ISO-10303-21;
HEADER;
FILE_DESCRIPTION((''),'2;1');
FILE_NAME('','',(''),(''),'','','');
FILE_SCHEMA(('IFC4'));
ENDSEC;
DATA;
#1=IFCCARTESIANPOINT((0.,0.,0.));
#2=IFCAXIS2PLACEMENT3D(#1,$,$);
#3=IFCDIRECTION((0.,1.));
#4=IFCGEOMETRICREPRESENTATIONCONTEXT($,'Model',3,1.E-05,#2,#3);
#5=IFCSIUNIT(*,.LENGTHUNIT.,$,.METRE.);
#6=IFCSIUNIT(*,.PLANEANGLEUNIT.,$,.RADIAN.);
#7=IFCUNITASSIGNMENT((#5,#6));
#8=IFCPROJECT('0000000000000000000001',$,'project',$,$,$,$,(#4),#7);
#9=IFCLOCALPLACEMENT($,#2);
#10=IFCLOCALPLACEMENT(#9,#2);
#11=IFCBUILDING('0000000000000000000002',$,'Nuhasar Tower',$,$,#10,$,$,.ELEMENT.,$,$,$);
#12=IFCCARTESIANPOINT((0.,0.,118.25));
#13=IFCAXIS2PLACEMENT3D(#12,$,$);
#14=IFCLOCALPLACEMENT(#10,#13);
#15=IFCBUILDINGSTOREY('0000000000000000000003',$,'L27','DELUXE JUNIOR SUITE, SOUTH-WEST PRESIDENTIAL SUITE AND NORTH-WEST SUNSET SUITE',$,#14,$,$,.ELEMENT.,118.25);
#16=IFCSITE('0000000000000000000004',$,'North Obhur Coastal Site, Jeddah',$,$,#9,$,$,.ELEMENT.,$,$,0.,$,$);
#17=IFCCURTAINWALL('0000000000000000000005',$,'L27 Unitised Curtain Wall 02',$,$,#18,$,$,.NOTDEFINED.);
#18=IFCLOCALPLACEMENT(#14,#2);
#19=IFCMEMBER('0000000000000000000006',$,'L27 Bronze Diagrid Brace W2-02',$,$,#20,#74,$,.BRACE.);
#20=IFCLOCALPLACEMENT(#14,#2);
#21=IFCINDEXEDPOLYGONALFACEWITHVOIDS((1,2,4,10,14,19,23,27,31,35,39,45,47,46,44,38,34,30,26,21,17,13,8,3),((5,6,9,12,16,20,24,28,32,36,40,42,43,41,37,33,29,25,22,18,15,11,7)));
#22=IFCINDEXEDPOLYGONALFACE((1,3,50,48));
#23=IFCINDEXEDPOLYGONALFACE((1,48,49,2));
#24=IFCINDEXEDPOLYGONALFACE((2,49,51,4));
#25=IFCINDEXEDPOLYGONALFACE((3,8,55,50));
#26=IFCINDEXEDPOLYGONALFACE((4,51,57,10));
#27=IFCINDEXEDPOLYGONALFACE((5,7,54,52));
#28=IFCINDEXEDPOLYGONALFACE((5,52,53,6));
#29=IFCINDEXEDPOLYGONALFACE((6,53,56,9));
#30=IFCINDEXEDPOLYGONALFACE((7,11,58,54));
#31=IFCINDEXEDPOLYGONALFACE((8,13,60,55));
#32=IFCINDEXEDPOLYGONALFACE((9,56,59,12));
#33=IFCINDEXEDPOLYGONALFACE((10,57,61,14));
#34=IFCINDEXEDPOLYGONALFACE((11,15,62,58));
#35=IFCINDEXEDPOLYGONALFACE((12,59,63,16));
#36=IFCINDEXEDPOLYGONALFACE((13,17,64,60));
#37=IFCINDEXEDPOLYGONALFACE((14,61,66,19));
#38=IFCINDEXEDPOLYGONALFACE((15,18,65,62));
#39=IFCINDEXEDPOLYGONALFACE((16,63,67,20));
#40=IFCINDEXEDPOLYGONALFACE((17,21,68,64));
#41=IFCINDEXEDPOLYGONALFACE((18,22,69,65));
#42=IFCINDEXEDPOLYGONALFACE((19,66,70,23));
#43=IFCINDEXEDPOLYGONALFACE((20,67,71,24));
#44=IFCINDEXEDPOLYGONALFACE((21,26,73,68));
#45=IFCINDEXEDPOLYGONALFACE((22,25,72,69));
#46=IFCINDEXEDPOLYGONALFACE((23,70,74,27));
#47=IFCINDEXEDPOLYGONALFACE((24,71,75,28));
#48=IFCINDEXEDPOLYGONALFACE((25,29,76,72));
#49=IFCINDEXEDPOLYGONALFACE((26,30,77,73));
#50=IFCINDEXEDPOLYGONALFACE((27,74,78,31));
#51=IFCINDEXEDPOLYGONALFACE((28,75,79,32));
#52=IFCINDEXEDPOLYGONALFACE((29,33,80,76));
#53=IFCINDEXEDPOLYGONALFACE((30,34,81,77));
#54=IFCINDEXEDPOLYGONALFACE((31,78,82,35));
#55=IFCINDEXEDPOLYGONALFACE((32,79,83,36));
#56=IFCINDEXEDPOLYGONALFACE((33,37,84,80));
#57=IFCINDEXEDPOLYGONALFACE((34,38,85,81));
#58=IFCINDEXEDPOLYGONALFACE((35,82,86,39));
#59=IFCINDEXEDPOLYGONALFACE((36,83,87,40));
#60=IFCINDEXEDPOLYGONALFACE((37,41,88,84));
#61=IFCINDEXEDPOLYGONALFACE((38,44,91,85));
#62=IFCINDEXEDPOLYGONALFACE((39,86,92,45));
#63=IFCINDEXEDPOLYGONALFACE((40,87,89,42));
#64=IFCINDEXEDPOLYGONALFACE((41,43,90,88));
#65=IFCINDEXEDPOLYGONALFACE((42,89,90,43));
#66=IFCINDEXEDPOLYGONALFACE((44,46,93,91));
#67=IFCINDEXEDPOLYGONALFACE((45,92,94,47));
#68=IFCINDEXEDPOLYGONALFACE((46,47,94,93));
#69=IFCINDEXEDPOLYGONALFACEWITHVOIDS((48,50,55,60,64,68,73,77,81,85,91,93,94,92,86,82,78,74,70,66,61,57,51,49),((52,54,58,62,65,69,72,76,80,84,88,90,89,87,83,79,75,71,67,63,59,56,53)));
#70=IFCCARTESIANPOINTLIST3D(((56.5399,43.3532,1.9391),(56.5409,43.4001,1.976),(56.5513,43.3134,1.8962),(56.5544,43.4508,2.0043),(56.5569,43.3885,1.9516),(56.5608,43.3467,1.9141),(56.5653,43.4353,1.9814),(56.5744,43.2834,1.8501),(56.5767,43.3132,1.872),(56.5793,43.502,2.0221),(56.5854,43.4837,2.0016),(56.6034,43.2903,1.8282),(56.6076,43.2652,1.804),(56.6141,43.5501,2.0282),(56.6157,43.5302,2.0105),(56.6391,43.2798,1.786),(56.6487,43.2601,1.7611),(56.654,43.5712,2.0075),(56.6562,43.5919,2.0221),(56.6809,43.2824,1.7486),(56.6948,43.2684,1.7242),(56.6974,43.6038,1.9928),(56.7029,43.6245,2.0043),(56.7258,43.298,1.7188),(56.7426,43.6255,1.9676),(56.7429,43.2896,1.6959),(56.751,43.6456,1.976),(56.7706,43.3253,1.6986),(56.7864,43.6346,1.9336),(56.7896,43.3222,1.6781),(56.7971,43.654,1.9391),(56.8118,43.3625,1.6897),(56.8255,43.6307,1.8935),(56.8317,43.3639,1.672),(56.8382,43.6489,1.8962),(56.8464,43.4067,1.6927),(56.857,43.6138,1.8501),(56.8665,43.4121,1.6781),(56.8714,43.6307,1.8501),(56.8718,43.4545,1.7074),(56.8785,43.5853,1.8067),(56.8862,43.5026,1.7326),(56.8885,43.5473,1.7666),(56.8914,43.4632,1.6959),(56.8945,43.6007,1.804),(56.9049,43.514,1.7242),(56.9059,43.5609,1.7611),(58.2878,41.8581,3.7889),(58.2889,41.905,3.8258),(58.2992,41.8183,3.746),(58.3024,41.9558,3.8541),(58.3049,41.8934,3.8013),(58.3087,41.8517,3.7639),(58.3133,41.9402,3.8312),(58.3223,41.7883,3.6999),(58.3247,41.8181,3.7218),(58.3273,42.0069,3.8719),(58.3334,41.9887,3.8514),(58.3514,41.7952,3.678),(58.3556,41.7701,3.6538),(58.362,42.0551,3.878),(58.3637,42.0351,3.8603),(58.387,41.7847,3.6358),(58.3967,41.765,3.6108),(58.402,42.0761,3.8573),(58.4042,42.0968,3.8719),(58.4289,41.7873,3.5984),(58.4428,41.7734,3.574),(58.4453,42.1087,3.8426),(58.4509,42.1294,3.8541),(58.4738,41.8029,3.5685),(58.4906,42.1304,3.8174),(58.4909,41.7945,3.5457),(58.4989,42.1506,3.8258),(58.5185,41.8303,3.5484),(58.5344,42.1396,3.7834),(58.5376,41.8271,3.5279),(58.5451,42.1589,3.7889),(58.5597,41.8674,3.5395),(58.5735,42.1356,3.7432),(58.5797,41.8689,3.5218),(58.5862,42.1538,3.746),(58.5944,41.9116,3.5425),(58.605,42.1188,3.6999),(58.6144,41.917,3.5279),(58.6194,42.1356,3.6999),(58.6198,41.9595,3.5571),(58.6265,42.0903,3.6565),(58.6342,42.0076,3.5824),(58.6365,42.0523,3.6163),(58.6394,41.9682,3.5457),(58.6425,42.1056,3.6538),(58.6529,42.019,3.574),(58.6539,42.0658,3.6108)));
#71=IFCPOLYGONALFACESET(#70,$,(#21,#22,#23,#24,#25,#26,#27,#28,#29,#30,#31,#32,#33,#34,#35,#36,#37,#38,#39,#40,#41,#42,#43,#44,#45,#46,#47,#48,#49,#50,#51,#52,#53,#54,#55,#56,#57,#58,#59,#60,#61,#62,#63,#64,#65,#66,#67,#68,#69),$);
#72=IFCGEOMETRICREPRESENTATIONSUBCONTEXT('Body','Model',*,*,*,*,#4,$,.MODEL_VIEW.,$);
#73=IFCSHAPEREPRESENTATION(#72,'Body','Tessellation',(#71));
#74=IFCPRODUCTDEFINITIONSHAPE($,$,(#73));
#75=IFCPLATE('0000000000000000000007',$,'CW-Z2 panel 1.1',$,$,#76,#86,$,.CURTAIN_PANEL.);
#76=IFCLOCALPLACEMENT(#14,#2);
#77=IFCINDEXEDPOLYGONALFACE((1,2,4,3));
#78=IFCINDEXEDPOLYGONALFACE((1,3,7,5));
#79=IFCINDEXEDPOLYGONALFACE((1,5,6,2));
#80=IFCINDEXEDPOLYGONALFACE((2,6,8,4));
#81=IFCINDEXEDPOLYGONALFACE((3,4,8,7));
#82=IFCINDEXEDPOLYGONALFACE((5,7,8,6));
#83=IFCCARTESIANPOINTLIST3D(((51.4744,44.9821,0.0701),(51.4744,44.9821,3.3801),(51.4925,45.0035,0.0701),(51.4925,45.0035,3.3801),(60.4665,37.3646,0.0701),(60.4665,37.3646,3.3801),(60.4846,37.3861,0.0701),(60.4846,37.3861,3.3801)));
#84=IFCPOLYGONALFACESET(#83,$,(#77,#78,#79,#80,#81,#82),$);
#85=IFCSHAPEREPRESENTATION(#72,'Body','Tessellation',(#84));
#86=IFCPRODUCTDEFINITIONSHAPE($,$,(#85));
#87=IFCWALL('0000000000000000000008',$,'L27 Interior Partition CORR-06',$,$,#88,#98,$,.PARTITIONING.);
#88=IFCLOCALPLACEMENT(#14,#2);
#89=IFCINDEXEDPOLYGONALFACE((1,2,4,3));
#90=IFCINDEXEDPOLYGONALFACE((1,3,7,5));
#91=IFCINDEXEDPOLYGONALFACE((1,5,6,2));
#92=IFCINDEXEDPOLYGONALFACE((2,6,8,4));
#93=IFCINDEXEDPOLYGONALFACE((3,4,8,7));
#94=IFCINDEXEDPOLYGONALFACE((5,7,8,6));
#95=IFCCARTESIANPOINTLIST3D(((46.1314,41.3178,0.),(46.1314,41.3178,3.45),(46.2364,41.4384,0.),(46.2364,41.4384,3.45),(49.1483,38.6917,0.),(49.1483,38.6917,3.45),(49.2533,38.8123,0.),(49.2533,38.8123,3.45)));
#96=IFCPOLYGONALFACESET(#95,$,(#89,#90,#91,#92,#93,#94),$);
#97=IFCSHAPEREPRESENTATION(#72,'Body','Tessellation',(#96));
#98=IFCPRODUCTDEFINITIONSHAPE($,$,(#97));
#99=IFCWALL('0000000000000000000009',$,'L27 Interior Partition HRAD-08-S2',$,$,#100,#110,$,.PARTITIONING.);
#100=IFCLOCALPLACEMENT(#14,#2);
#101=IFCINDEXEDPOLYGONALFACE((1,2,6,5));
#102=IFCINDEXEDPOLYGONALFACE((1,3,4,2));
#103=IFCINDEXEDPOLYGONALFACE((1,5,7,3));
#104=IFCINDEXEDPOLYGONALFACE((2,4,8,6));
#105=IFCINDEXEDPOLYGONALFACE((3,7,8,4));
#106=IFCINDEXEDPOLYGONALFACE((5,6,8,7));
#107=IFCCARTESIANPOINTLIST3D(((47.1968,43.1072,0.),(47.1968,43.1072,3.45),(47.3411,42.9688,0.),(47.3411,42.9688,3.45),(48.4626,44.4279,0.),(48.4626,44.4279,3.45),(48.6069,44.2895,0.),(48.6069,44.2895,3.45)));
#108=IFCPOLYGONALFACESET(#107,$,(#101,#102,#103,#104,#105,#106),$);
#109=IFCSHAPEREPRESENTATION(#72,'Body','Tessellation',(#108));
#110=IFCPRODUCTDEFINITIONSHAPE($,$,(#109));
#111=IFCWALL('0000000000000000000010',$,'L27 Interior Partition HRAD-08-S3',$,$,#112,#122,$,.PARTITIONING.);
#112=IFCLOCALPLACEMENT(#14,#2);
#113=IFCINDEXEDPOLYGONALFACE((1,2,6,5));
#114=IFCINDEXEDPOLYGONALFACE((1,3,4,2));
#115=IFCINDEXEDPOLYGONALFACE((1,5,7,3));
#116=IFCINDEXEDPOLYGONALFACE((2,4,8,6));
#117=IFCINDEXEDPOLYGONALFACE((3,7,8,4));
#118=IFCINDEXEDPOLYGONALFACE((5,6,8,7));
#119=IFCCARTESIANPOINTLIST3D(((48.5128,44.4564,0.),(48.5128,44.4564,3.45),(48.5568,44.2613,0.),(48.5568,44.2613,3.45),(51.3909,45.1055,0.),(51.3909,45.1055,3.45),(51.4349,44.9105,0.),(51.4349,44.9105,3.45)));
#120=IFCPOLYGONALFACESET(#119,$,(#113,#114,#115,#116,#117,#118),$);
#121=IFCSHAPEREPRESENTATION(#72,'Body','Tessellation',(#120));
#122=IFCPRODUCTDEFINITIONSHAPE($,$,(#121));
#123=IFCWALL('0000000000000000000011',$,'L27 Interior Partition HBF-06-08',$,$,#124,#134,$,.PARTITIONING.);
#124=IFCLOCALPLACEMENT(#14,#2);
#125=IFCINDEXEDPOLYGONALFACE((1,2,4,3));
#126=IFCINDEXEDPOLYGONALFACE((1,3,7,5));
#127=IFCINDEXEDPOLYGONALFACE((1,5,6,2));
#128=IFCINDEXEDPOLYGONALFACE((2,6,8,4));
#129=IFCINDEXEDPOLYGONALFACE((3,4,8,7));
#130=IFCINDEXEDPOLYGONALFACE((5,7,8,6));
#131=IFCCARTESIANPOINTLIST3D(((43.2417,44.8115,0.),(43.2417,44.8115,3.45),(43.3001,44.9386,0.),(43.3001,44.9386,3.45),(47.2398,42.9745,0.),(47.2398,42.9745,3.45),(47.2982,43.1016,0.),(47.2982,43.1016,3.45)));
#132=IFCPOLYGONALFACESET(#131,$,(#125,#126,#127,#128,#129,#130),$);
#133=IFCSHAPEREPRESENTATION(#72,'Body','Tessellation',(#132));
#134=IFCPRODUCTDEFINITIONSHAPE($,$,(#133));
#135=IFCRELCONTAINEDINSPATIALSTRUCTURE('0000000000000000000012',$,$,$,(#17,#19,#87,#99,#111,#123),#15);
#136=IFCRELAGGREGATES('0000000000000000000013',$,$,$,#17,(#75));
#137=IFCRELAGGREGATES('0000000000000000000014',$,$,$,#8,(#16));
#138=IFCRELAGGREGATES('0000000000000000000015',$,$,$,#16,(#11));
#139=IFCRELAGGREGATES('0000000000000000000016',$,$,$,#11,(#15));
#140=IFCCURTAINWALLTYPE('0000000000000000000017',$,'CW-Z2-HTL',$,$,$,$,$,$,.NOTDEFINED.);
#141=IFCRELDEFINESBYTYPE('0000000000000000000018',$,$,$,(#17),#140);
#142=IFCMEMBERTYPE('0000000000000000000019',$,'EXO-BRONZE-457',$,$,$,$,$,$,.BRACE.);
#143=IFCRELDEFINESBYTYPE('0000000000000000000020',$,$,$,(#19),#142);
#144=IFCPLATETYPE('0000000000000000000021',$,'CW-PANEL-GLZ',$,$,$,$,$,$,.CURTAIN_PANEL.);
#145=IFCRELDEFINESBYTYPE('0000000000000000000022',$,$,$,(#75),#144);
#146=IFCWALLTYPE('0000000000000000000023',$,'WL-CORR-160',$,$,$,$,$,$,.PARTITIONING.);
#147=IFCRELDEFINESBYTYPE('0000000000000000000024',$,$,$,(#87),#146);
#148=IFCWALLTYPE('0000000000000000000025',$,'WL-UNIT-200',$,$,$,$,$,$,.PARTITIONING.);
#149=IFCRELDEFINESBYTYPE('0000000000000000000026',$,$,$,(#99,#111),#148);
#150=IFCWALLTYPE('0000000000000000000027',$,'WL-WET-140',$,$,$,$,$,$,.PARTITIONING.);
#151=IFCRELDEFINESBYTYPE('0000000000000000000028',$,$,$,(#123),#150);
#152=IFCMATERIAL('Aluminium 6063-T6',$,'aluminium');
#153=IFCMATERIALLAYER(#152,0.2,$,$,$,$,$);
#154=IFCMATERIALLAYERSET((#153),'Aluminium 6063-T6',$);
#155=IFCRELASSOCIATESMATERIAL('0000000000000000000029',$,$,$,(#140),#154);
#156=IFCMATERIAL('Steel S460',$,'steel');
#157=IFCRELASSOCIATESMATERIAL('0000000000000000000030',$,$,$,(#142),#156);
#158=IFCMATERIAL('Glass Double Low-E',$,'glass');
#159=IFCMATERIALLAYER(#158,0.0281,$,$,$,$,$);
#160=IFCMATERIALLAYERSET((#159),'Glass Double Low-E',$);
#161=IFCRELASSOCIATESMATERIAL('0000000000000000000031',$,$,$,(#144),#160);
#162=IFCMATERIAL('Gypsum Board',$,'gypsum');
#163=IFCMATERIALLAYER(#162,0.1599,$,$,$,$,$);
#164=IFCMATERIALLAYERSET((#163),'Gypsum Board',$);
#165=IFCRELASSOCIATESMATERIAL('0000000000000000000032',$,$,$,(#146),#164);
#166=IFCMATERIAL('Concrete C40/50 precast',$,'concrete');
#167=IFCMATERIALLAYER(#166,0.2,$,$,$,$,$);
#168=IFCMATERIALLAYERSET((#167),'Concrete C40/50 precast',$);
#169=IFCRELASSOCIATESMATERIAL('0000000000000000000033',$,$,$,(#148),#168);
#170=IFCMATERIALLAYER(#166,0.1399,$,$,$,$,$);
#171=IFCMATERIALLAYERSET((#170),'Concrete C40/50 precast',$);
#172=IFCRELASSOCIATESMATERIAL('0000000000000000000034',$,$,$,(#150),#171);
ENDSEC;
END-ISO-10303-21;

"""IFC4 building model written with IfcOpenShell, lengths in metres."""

from ifc_helpers import new_model, si_unit, direction, frame, frame_2d, origin, origin_2d, place, context, subcontext, project, spatial, rectangle, hollow_circle, extrude, material, layer, layer_set, material_profile, profile_set, type_object, element, aggregate, save


model = new_model("IFC4")

# Units and contexts
model_context = context("Model", 3, precision=1e-05, world=origin(), true_north=direction((0.0, 1.0)))
body_context = subcontext(model_context, "Body", "Model", "MODEL_VIEW")
ifc_project = project(units=[si_unit("LENGTHUNIT", "METRE"), si_unit("PLANEANGLEUNIT", "RADIAN")], contexts=[model_context])

# Site, building, storey
site_placement = place(None, origin())
site = spatial("IfcSite", under=ifc_project, at=site_placement, Name="North Obhur Coastal Site, Jeddah", CompositionType="ELEMENT", RefElevation=0.0)
building_placement = place(site_placement, origin())
building = spatial("IfcBuilding", under=site, at=building_placement, Name="Nuhasar Tower", CompositionType="ELEMENT")
storey_placement = place(building_placement, frame((0.0, 0.0, 118.25)))
storey = spatial("IfcBuildingStorey", under=building, at=storey_placement, Name="L27", Description="DELUXE JUNIOR SUITE, SOUTH-WEST PRESIDENTIAL SUITE AND NORTH-WEST SUNSET SUITE", CompositionType="ELEMENT", Elevation=118.25)

# Shared definitions
ifc_material_1 = material(Name="Aluminium 6063-T6", Category="aluminium")
ifc_layer_1 = layer(ifc_material_1, 0.2)
ifc_layer_set_1 = layer_set([ifc_layer_1], Name="Aluminium 6063-T6")
curtain_wall_type = type_object("IfcCurtainWallType", Name="CW-Z2-HTL", PredefinedType="NOTDEFINED", material=ifc_layer_set_1)

# Curtain wall
curtain_wall_1_placement = place(storey_placement, origin())
curtain_wall_1 = element("IfcCurtainWall", 1, at=curtain_wall_1_placement, inside=storey, type_object=curtain_wall_type, Name="L27 Unitised Curtain Wall 02", PredefinedType="NOTDEFINED")

# Member
ifc_material_2 = material(Name="Steel S460", Category="steel")
ifc_material_profile_1 = material_profile(ifc_material_2, hollow_circle(Radius=0.2285, WallThickness=0.0222, at=origin_2d()), Name="HSS457X22.2")
ifc_profile_set_1 = profile_set([ifc_material_profile_1], Name="Steel S460")
member_type_1 = type_object("IfcMemberType", Name="EXO-BRONZE-457", PredefinedType="BRACE", material=ifc_profile_set_1)
member_1_placement = place(storey_placement, frame((56.7229, 43.457, 1.8501), z_axis=(0.592201, -0.506514, 0.626691), x_axis=(0.649987, 0.759945, 0.0)))
element("IfcMember", 2, at=member_1_placement, inside=storey, type_object=member_type_1, Name="L27 Bronze Diagrid Brace W2-02", PredefinedType="BRACE", context=body_context, shape_type="SweptSolid", body=[
    extrude(hollow_circle(Radius=0.2285, WallThickness=0.0222, at=origin_2d()), origin(), (0.0, 0.0, 1.0), 2.9517),
])

# Plate
ifc_material_3 = material(Name="Glass Double Low-E", Category="glass")
ifc_layer_2 = layer(ifc_material_3, 0.0281)
ifc_layer_set_2 = layer_set([ifc_layer_2], Name="Glass Double Low-E")
plate_type = type_object("IfcPlateType", Name="CW-PANEL-GLZ", PredefinedType="CURTAIN_PANEL", material=ifc_layer_set_2)
plate_placement = place(storey_placement, frame((55.9795, 41.1841, 0.0701), z_axis=(0.0, 0.0, 1.0), x_axis=(-0.76302, 0.646374, 0.0)))
plate = element("IfcPlate", 3, at=plate_placement, type_object=plate_type, Name="CW-Z2 panel 1.1", PredefinedType="CURTAIN_PANEL", context=body_context, shape_type="SweptSolid", body=[
    extrude(rectangle(XDim=11.7849, YDim=0.0281, at=origin_2d()), origin(), (0.0, 0.0, 1.0), 3.3101),
])
aggregate(curtain_wall_1, [plate])

# Walls
ifc_material_4 = material(Name="Gypsum Board", Category="gypsum")
ifc_layer_3 = layer(ifc_material_4, 0.1599)
ifc_layer_set_3 = layer_set([ifc_layer_3], Name="Gypsum Board")
wall_type_1 = type_object("IfcWallType", Name="WL-CORR-160", PredefinedType="PARTITIONING", material=ifc_layer_set_3)
wall_1_placement = place(storey_placement, frame((49.2009, 38.752, 0.0), z_axis=(0.0, 0.0, 1.0), x_axis=(-0.75428, 0.656553, 0.0)))
element("IfcWall", 4, at=wall_1_placement, inside=storey, type_object=wall_type_1, Name="L27 Interior Partition CORR-06", PredefinedType="PARTITIONING", context=body_context, shape_type="SweptSolid", body=[
    extrude(rectangle(XDim=3.9998, YDim=0.1599, at=frame_2d((2.0, 0.0))), origin(), (0.0, 0.0, 1.0), 3.45),
])
ifc_material_5 = material(Name="Concrete C40/50 precast", Category="concrete")
ifc_layer_4 = layer(ifc_material_5, 0.2)
ifc_layer_set_4 = layer_set([ifc_layer_4], Name="Concrete C40/50 precast")
wall_type_2 = type_object("IfcWallType", Name="WL-UNIT-200", PredefinedType="PARTITIONING", material=ifc_layer_set_4)
wall_2_placement = place(storey_placement, frame((47.269, 43.0381, 0.0), z_axis=(0.0, 0.0, 1.0), x_axis=(0.691934, 0.72196, 0.0)))
element("IfcWall", 5, at=wall_2_placement, inside=storey, type_object=wall_type_2, Name="L27 Interior Partition HRAD-08-S2", PredefinedType="PARTITIONING", context=body_context, shape_type="SweptSolid", body=[
    extrude(rectangle(XDim=1.8293, YDim=0.2, at=frame_2d((0.9146, 0.0))), origin(), (0.0, 0.0, 1.0), 3.45),
])
wall_3_placement = place(storey_placement, frame((48.5349, 44.3589, 0.0), z_axis=(0.0, 0.0, 1.0), x_axis=(0.975495, 0.220022, 0.0)))
element("IfcWall", 6, at=wall_3_placement, inside=storey, type_object=wall_type_2, Name="L27 Interior Partition HRAD-08-S3", PredefinedType="PARTITIONING", context=body_context, shape_type="SweptSolid", body=[
    extrude(rectangle(XDim=2.9504, YDim=0.2, at=frame_2d((1.4751, 0.0))), origin(), (0.0, 0.0, 1.0), 3.45),
])
ifc_layer_5 = layer(ifc_material_5, 0.1399)
ifc_layer_set_5 = layer_set([ifc_layer_5], Name="Concrete C40/50 precast")
wall_type_3 = type_object("IfcWallType", Name="WL-WET-140", PredefinedType="PARTITIONING", material=ifc_layer_set_5)
wall_4_placement = place(storey_placement, frame((47.269, 43.0381, 0.0), z_axis=(0.0, 0.0, 1.0), x_axis=(-0.908679, 0.417495, 0.0)))
element("IfcWall", 7, at=wall_4_placement, inside=storey, type_object=wall_type_3, Name="L27 Interior Partition HBF-06-08", PredefinedType="PARTITIONING", context=body_context, shape_type="SweptSolid", body=[
    extrude(rectangle(XDim=4.3999, YDim=0.1399, at=frame_2d((2.2, 0.0))), origin(), (0.0, 0.0, 1.0), 3.45),
])

save(model, "model.ifc")
